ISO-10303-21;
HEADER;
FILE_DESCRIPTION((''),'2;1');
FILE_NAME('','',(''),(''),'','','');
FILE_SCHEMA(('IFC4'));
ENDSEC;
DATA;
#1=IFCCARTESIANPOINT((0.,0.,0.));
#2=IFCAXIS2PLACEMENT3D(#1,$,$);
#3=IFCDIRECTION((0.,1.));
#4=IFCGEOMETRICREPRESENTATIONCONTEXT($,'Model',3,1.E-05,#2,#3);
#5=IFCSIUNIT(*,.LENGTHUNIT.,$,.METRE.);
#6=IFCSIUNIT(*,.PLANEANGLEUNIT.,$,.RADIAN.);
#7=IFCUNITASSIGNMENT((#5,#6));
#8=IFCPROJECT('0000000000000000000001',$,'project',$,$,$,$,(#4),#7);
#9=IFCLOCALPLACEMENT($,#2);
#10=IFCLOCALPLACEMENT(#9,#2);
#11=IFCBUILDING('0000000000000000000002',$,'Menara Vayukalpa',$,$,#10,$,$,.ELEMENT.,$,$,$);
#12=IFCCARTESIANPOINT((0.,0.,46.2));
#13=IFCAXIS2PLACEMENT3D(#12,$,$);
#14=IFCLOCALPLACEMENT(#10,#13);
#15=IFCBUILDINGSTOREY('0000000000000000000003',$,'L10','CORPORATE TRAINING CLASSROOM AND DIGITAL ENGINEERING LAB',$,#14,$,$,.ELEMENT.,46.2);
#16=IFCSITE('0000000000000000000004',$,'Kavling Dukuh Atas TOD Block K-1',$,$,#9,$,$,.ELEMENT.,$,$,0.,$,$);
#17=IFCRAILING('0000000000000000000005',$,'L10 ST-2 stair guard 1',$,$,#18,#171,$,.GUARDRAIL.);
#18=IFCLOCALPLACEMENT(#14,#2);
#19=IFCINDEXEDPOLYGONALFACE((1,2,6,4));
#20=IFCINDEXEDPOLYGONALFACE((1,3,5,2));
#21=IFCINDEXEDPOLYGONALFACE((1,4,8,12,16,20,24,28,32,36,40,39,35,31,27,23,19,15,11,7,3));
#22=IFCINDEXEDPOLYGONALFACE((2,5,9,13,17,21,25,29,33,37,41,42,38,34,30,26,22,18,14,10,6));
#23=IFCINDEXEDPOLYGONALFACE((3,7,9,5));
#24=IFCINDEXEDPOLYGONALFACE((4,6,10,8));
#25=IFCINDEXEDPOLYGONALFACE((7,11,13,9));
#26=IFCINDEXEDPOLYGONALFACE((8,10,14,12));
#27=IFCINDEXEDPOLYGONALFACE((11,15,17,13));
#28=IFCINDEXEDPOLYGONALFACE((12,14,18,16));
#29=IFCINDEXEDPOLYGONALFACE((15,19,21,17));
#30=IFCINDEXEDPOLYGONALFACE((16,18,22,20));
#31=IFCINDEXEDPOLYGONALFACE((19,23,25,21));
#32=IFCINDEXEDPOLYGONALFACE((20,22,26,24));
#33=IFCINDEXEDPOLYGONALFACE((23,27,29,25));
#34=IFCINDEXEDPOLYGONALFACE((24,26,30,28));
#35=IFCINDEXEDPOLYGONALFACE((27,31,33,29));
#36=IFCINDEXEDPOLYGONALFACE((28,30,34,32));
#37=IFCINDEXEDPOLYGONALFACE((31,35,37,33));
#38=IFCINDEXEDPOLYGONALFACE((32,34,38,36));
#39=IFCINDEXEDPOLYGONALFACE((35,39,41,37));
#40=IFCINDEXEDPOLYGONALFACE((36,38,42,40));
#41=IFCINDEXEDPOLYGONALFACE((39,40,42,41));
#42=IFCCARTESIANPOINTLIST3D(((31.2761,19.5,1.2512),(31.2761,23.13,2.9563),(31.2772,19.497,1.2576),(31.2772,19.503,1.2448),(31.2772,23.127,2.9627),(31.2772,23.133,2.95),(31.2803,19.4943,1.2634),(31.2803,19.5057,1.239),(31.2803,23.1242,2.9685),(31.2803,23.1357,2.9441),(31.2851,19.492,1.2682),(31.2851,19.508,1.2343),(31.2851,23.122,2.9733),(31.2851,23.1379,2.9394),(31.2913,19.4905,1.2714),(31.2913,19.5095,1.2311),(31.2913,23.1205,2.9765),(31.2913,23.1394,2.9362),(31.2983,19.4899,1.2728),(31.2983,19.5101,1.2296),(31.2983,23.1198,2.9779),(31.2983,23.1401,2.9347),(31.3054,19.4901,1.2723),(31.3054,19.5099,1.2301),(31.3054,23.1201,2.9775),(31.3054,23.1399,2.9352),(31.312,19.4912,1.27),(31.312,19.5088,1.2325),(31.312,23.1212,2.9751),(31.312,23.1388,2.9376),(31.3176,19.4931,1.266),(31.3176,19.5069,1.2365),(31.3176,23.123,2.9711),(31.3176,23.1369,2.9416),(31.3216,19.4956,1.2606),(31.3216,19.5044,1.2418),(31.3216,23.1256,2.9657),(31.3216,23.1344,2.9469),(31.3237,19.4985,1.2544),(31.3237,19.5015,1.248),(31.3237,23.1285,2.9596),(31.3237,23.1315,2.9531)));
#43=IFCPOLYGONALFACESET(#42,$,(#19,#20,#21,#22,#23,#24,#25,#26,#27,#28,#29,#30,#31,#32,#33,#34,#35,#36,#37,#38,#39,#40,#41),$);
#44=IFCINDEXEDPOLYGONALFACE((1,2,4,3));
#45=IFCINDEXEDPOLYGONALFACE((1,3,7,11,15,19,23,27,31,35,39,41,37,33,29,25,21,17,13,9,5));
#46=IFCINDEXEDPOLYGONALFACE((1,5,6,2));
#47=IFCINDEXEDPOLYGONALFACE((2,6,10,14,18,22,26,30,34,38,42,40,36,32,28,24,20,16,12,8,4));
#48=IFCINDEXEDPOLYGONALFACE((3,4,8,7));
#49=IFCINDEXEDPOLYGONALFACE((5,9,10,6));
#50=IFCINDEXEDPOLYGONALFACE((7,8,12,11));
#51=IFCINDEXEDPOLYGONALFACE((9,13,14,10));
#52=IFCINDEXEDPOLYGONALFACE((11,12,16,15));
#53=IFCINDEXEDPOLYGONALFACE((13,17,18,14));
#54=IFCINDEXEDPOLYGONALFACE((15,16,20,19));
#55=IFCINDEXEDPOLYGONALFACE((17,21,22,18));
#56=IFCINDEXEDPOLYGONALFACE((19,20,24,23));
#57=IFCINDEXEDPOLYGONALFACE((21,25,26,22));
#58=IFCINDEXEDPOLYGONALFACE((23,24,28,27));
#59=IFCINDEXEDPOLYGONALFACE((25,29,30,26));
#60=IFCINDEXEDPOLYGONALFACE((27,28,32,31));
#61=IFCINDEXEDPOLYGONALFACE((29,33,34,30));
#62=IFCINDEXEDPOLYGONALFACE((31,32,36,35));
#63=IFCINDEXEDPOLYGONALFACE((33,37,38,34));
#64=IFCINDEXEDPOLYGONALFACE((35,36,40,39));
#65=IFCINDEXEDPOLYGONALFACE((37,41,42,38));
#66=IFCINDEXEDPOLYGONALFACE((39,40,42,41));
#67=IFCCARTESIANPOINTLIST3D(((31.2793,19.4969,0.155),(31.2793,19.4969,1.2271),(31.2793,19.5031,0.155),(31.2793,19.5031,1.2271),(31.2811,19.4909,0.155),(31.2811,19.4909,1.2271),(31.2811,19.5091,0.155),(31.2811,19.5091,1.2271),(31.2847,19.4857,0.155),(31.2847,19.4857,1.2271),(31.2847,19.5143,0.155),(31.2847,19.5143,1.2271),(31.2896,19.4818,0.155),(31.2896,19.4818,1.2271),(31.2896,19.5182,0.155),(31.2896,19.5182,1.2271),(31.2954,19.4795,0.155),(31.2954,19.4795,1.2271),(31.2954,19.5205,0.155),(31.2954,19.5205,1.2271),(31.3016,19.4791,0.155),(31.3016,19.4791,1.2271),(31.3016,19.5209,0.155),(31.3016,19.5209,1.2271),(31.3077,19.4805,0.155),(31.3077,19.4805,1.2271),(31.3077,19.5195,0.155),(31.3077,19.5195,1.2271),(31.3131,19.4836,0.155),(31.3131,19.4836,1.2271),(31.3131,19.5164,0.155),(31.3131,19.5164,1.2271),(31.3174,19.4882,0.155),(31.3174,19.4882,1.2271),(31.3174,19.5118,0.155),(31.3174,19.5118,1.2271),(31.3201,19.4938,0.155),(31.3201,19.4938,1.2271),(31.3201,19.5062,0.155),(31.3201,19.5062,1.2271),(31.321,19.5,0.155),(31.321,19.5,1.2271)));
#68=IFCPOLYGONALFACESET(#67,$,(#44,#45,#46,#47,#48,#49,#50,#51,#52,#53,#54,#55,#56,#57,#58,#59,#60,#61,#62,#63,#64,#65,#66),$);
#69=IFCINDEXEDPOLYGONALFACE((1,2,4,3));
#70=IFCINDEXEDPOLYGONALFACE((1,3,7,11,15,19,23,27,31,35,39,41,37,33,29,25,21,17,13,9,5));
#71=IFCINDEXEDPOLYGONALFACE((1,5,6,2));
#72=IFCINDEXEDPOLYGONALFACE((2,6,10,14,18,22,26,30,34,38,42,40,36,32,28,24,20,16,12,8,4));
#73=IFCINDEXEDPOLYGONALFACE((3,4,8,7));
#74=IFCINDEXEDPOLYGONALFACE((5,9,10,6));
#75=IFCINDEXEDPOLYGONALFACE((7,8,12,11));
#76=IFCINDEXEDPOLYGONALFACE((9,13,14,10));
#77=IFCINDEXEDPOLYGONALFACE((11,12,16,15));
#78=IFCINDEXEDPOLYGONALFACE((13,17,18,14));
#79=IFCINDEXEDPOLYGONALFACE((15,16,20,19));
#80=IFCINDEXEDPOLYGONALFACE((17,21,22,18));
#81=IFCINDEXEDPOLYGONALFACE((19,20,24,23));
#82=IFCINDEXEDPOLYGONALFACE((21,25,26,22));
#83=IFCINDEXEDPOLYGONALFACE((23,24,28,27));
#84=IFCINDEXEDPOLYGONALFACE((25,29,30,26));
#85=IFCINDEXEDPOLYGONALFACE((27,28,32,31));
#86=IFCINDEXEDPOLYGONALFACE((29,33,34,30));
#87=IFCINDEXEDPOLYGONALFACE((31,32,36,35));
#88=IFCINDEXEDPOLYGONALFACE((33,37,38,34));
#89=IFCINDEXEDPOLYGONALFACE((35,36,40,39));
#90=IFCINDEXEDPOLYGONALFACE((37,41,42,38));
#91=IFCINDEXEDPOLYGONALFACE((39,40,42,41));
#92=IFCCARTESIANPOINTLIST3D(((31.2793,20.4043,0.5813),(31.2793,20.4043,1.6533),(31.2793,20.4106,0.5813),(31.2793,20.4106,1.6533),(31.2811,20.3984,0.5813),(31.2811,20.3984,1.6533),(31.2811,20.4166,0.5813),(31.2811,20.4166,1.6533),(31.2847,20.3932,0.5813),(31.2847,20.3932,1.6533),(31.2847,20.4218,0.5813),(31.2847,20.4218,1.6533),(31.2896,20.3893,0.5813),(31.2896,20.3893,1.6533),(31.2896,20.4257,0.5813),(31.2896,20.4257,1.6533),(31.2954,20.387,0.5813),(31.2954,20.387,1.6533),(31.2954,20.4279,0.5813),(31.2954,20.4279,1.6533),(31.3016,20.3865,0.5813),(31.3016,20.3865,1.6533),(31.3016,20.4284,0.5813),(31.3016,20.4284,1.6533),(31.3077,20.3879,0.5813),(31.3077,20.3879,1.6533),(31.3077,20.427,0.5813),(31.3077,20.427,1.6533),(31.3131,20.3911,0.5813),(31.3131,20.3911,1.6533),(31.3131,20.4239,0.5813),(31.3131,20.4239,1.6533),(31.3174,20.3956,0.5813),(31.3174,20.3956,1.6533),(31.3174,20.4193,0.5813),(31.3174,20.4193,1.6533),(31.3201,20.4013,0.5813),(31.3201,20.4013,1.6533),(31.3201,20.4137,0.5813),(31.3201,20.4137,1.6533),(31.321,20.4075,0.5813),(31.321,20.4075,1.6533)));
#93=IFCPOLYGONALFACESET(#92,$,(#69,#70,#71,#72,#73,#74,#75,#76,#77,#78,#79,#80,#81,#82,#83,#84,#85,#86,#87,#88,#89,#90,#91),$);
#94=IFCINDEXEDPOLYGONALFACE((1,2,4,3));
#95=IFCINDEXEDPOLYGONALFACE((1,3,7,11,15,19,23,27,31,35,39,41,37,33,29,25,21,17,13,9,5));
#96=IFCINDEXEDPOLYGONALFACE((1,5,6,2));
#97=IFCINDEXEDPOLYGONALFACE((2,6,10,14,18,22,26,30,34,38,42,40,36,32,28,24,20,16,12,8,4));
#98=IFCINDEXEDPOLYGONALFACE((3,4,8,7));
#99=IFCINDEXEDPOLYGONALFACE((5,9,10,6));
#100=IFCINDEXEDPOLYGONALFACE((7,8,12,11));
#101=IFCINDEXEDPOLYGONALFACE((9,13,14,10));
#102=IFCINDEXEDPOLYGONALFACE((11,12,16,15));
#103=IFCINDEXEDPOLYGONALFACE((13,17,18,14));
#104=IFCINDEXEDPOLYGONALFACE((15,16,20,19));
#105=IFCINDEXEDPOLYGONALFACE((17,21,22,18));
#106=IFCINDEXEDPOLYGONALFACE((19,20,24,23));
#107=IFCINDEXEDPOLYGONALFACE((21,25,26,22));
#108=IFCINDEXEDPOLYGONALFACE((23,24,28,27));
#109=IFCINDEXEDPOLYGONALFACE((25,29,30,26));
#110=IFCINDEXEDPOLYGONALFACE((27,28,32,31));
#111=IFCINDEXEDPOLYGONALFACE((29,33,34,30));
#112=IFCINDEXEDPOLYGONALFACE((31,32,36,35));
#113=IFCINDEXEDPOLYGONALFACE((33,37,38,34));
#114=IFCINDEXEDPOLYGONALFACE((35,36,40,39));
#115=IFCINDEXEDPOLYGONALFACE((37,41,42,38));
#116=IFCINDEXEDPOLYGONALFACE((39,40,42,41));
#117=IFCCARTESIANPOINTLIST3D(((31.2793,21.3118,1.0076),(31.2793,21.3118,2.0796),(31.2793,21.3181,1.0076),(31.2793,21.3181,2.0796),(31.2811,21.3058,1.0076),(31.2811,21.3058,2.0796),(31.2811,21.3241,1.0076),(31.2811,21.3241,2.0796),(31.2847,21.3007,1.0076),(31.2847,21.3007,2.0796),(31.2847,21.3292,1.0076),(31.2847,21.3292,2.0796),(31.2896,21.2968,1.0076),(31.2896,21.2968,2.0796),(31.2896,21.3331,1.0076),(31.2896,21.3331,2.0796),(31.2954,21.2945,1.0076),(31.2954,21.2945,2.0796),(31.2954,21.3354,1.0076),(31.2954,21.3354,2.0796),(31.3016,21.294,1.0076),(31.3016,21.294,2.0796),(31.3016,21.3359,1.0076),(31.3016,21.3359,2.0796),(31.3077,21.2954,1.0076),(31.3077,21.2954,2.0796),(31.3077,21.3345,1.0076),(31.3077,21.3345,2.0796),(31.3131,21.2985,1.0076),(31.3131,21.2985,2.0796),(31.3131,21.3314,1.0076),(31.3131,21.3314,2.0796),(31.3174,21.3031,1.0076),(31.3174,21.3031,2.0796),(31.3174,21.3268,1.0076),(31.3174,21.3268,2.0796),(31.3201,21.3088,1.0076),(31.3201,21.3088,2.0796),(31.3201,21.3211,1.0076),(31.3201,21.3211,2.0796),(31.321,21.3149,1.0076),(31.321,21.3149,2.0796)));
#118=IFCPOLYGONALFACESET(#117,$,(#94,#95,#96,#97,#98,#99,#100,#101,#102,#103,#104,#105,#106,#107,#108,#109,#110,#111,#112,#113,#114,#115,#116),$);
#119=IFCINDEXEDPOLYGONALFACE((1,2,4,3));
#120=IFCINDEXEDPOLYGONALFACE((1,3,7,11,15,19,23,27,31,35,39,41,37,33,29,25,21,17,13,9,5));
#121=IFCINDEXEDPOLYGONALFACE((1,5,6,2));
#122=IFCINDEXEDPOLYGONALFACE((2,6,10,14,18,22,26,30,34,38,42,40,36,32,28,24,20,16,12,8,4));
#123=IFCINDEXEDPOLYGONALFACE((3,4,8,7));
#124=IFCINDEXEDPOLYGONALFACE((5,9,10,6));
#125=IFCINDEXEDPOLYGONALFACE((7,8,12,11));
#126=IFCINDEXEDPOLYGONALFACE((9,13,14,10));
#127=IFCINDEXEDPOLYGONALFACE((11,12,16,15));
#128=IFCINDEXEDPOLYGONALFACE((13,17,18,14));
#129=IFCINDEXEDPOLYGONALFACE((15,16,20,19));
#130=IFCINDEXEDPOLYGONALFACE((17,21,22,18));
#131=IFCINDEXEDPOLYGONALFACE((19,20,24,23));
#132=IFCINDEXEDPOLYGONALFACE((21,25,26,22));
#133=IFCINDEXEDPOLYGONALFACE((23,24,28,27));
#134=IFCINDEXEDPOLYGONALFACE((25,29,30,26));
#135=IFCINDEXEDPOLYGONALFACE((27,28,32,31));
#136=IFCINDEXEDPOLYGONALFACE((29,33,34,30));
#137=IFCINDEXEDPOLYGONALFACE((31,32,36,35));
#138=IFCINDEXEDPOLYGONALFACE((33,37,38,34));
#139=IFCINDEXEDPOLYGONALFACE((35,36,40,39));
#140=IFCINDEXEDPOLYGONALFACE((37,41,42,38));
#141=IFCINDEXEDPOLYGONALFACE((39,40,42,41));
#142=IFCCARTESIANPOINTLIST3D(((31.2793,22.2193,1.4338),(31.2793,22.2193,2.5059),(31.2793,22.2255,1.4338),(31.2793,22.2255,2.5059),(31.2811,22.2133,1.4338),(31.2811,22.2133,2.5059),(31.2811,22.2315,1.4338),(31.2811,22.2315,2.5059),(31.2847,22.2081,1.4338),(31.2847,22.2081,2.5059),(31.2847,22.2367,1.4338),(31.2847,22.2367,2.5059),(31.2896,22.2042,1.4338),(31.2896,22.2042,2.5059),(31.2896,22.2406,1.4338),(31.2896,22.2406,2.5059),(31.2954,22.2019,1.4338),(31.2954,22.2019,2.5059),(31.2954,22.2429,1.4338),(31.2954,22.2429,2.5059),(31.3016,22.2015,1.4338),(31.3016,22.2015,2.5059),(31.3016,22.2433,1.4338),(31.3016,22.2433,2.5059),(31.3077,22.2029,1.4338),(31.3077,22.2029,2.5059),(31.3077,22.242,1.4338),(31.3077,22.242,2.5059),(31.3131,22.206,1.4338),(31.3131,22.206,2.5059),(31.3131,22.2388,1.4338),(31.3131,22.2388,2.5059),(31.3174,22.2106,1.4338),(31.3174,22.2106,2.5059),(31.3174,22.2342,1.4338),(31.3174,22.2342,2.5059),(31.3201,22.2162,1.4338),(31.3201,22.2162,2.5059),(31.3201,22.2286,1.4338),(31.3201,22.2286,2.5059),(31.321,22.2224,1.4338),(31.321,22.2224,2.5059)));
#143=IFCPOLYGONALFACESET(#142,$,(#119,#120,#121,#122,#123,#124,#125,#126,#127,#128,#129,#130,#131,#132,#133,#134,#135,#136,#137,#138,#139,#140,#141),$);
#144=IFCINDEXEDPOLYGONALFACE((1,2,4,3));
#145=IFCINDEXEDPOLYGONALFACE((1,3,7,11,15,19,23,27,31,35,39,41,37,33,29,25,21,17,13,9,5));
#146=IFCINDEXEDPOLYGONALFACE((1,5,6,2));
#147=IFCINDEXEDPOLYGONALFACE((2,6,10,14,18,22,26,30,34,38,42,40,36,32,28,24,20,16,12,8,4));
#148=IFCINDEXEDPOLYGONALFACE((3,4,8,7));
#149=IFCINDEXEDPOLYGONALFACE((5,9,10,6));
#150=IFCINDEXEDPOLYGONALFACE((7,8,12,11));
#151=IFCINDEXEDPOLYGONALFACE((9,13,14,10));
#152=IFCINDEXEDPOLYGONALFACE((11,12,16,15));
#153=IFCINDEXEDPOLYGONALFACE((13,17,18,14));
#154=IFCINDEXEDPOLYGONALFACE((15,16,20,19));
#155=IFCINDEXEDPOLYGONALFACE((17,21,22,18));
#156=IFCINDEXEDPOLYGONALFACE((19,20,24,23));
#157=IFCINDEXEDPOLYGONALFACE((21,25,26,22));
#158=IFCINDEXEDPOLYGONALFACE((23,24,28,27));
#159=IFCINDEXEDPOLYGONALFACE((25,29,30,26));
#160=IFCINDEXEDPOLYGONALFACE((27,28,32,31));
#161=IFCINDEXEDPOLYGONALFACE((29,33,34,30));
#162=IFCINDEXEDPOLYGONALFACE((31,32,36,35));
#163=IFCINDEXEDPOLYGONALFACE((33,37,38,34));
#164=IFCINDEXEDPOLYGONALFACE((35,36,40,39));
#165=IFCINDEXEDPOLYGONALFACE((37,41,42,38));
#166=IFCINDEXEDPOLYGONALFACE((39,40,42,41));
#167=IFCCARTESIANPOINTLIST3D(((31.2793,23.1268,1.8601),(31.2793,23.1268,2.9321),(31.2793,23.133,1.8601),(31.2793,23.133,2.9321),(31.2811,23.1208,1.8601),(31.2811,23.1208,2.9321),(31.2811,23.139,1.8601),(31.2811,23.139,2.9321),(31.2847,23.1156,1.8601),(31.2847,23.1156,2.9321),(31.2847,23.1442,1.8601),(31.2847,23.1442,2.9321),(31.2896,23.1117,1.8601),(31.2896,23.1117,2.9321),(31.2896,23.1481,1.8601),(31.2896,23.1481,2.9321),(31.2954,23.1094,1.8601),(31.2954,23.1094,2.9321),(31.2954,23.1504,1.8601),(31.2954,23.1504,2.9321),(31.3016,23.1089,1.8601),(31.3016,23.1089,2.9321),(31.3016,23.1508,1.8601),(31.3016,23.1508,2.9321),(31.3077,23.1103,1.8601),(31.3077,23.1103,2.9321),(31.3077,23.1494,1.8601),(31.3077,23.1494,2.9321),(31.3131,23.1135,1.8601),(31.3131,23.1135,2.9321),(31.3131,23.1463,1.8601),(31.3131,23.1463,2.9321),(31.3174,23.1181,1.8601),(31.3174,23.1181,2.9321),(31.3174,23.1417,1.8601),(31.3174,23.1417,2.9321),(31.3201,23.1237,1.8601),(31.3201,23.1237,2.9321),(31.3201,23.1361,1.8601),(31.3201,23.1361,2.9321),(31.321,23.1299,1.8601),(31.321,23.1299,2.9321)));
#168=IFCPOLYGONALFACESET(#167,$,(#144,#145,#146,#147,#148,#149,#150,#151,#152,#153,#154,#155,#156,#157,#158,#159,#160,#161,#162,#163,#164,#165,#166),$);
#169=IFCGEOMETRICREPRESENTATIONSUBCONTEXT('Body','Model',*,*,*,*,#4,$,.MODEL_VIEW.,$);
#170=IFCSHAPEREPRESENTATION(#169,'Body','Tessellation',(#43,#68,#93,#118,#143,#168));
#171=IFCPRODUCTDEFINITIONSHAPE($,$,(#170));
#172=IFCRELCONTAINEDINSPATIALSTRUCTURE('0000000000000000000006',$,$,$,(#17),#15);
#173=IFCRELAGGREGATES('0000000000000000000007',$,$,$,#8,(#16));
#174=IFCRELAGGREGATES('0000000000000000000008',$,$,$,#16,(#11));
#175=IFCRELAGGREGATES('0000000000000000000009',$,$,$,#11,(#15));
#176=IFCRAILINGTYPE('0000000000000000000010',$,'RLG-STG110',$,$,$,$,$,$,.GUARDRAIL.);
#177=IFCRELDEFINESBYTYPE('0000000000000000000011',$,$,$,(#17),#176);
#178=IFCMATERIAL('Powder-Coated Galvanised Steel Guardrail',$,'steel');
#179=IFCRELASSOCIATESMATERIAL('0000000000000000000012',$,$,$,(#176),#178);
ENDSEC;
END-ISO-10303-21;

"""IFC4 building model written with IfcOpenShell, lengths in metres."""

from ifc_helpers import new_model, si_unit, direction, frame, origin, origin_2d, place, context, subcontext, project, spatial, circle, extrude, material, type_object, element, save


model = new_model("IFC4")

# Units and contexts
model_context = context("Model", 3, precision=1e-05, world=origin(), true_north=direction((0.0, 1.0)))
body_context = subcontext(model_context, "Body", "Model", "MODEL_VIEW")
ifc_project = project(units=[si_unit("LENGTHUNIT", "METRE"), si_unit("PLANEANGLEUNIT", "RADIAN")], contexts=[model_context])

# Site, building, storey
site_placement = place(None, origin())
site = spatial("IfcSite", under=ifc_project, at=site_placement, Name="Kavling Dukuh Atas TOD Block K-1", CompositionType="ELEMENT", RefElevation=0.0)
building_placement = place(site_placement, origin())
building = spatial("IfcBuilding", under=site, at=building_placement, Name="Menara Vayukalpa", CompositionType="ELEMENT")
storey_placement = place(building_placement, frame((0.0, 0.0, 46.2)))
storey = spatial("IfcBuildingStorey", under=building, at=storey_placement, Name="L10", Description="CORPORATE TRAINING CLASSROOM AND DIGITAL ENGINEERING LAB", CompositionType="ELEMENT", Elevation=46.2)

# Railing
ifc_material_1 = material(Name="Powder-Coated Galvanised Steel Guardrail", Category="steel")
railing_type_1 = type_object("IfcRailingType", Name="RLG-STG110", PredefinedType="GUARDRAIL", material=ifc_material_1)
railing_1_placement = place(storey_placement, frame((31.3, 19.5, 0.155)))
element("IfcRailing", 1, at=railing_1_placement, inside=storey, type_object=railing_type_1, Name="L10 ST-2 stair guard 1", PredefinedType="GUARDRAIL", context=body_context, shape_type="SweptSolid", body=[
    extrude(circle(Radius=0.0239, at=origin_2d()), frame((0.0, 0.0, 1.0962), z_axis=(0.0, 0.905116, 0.425164), x_axis=(-1.0, 0.0, 0.0)), (0.0, 0.0, 1.0), 4.0105),
    extrude(circle(Radius=0.021, at=origin_2d()), origin(), (0.0, 0.0, 1.0), 1.072),
    extrude(circle(Radius=0.021, at=origin_2d()), frame((0.0, 0.9075, 0.4263)), (0.0, 0.0, 1.0), 1.072),
    extrude(circle(Radius=0.021, at=origin_2d()), frame((0.0, 1.8149, 0.8525)), (0.0, 0.0, 1.0), 1.072),
    extrude(circle(Radius=0.021, at=origin_2d()), frame((0.0, 2.7224, 1.2788)), (0.0, 0.0, 1.0), 1.072),
    extrude(circle(Radius=0.021, at=origin_2d()), frame((0.0, 3.6299, 1.7051)), (0.0, 0.0, 1.0), 1.072),
])

save(model, "model.ifc")
